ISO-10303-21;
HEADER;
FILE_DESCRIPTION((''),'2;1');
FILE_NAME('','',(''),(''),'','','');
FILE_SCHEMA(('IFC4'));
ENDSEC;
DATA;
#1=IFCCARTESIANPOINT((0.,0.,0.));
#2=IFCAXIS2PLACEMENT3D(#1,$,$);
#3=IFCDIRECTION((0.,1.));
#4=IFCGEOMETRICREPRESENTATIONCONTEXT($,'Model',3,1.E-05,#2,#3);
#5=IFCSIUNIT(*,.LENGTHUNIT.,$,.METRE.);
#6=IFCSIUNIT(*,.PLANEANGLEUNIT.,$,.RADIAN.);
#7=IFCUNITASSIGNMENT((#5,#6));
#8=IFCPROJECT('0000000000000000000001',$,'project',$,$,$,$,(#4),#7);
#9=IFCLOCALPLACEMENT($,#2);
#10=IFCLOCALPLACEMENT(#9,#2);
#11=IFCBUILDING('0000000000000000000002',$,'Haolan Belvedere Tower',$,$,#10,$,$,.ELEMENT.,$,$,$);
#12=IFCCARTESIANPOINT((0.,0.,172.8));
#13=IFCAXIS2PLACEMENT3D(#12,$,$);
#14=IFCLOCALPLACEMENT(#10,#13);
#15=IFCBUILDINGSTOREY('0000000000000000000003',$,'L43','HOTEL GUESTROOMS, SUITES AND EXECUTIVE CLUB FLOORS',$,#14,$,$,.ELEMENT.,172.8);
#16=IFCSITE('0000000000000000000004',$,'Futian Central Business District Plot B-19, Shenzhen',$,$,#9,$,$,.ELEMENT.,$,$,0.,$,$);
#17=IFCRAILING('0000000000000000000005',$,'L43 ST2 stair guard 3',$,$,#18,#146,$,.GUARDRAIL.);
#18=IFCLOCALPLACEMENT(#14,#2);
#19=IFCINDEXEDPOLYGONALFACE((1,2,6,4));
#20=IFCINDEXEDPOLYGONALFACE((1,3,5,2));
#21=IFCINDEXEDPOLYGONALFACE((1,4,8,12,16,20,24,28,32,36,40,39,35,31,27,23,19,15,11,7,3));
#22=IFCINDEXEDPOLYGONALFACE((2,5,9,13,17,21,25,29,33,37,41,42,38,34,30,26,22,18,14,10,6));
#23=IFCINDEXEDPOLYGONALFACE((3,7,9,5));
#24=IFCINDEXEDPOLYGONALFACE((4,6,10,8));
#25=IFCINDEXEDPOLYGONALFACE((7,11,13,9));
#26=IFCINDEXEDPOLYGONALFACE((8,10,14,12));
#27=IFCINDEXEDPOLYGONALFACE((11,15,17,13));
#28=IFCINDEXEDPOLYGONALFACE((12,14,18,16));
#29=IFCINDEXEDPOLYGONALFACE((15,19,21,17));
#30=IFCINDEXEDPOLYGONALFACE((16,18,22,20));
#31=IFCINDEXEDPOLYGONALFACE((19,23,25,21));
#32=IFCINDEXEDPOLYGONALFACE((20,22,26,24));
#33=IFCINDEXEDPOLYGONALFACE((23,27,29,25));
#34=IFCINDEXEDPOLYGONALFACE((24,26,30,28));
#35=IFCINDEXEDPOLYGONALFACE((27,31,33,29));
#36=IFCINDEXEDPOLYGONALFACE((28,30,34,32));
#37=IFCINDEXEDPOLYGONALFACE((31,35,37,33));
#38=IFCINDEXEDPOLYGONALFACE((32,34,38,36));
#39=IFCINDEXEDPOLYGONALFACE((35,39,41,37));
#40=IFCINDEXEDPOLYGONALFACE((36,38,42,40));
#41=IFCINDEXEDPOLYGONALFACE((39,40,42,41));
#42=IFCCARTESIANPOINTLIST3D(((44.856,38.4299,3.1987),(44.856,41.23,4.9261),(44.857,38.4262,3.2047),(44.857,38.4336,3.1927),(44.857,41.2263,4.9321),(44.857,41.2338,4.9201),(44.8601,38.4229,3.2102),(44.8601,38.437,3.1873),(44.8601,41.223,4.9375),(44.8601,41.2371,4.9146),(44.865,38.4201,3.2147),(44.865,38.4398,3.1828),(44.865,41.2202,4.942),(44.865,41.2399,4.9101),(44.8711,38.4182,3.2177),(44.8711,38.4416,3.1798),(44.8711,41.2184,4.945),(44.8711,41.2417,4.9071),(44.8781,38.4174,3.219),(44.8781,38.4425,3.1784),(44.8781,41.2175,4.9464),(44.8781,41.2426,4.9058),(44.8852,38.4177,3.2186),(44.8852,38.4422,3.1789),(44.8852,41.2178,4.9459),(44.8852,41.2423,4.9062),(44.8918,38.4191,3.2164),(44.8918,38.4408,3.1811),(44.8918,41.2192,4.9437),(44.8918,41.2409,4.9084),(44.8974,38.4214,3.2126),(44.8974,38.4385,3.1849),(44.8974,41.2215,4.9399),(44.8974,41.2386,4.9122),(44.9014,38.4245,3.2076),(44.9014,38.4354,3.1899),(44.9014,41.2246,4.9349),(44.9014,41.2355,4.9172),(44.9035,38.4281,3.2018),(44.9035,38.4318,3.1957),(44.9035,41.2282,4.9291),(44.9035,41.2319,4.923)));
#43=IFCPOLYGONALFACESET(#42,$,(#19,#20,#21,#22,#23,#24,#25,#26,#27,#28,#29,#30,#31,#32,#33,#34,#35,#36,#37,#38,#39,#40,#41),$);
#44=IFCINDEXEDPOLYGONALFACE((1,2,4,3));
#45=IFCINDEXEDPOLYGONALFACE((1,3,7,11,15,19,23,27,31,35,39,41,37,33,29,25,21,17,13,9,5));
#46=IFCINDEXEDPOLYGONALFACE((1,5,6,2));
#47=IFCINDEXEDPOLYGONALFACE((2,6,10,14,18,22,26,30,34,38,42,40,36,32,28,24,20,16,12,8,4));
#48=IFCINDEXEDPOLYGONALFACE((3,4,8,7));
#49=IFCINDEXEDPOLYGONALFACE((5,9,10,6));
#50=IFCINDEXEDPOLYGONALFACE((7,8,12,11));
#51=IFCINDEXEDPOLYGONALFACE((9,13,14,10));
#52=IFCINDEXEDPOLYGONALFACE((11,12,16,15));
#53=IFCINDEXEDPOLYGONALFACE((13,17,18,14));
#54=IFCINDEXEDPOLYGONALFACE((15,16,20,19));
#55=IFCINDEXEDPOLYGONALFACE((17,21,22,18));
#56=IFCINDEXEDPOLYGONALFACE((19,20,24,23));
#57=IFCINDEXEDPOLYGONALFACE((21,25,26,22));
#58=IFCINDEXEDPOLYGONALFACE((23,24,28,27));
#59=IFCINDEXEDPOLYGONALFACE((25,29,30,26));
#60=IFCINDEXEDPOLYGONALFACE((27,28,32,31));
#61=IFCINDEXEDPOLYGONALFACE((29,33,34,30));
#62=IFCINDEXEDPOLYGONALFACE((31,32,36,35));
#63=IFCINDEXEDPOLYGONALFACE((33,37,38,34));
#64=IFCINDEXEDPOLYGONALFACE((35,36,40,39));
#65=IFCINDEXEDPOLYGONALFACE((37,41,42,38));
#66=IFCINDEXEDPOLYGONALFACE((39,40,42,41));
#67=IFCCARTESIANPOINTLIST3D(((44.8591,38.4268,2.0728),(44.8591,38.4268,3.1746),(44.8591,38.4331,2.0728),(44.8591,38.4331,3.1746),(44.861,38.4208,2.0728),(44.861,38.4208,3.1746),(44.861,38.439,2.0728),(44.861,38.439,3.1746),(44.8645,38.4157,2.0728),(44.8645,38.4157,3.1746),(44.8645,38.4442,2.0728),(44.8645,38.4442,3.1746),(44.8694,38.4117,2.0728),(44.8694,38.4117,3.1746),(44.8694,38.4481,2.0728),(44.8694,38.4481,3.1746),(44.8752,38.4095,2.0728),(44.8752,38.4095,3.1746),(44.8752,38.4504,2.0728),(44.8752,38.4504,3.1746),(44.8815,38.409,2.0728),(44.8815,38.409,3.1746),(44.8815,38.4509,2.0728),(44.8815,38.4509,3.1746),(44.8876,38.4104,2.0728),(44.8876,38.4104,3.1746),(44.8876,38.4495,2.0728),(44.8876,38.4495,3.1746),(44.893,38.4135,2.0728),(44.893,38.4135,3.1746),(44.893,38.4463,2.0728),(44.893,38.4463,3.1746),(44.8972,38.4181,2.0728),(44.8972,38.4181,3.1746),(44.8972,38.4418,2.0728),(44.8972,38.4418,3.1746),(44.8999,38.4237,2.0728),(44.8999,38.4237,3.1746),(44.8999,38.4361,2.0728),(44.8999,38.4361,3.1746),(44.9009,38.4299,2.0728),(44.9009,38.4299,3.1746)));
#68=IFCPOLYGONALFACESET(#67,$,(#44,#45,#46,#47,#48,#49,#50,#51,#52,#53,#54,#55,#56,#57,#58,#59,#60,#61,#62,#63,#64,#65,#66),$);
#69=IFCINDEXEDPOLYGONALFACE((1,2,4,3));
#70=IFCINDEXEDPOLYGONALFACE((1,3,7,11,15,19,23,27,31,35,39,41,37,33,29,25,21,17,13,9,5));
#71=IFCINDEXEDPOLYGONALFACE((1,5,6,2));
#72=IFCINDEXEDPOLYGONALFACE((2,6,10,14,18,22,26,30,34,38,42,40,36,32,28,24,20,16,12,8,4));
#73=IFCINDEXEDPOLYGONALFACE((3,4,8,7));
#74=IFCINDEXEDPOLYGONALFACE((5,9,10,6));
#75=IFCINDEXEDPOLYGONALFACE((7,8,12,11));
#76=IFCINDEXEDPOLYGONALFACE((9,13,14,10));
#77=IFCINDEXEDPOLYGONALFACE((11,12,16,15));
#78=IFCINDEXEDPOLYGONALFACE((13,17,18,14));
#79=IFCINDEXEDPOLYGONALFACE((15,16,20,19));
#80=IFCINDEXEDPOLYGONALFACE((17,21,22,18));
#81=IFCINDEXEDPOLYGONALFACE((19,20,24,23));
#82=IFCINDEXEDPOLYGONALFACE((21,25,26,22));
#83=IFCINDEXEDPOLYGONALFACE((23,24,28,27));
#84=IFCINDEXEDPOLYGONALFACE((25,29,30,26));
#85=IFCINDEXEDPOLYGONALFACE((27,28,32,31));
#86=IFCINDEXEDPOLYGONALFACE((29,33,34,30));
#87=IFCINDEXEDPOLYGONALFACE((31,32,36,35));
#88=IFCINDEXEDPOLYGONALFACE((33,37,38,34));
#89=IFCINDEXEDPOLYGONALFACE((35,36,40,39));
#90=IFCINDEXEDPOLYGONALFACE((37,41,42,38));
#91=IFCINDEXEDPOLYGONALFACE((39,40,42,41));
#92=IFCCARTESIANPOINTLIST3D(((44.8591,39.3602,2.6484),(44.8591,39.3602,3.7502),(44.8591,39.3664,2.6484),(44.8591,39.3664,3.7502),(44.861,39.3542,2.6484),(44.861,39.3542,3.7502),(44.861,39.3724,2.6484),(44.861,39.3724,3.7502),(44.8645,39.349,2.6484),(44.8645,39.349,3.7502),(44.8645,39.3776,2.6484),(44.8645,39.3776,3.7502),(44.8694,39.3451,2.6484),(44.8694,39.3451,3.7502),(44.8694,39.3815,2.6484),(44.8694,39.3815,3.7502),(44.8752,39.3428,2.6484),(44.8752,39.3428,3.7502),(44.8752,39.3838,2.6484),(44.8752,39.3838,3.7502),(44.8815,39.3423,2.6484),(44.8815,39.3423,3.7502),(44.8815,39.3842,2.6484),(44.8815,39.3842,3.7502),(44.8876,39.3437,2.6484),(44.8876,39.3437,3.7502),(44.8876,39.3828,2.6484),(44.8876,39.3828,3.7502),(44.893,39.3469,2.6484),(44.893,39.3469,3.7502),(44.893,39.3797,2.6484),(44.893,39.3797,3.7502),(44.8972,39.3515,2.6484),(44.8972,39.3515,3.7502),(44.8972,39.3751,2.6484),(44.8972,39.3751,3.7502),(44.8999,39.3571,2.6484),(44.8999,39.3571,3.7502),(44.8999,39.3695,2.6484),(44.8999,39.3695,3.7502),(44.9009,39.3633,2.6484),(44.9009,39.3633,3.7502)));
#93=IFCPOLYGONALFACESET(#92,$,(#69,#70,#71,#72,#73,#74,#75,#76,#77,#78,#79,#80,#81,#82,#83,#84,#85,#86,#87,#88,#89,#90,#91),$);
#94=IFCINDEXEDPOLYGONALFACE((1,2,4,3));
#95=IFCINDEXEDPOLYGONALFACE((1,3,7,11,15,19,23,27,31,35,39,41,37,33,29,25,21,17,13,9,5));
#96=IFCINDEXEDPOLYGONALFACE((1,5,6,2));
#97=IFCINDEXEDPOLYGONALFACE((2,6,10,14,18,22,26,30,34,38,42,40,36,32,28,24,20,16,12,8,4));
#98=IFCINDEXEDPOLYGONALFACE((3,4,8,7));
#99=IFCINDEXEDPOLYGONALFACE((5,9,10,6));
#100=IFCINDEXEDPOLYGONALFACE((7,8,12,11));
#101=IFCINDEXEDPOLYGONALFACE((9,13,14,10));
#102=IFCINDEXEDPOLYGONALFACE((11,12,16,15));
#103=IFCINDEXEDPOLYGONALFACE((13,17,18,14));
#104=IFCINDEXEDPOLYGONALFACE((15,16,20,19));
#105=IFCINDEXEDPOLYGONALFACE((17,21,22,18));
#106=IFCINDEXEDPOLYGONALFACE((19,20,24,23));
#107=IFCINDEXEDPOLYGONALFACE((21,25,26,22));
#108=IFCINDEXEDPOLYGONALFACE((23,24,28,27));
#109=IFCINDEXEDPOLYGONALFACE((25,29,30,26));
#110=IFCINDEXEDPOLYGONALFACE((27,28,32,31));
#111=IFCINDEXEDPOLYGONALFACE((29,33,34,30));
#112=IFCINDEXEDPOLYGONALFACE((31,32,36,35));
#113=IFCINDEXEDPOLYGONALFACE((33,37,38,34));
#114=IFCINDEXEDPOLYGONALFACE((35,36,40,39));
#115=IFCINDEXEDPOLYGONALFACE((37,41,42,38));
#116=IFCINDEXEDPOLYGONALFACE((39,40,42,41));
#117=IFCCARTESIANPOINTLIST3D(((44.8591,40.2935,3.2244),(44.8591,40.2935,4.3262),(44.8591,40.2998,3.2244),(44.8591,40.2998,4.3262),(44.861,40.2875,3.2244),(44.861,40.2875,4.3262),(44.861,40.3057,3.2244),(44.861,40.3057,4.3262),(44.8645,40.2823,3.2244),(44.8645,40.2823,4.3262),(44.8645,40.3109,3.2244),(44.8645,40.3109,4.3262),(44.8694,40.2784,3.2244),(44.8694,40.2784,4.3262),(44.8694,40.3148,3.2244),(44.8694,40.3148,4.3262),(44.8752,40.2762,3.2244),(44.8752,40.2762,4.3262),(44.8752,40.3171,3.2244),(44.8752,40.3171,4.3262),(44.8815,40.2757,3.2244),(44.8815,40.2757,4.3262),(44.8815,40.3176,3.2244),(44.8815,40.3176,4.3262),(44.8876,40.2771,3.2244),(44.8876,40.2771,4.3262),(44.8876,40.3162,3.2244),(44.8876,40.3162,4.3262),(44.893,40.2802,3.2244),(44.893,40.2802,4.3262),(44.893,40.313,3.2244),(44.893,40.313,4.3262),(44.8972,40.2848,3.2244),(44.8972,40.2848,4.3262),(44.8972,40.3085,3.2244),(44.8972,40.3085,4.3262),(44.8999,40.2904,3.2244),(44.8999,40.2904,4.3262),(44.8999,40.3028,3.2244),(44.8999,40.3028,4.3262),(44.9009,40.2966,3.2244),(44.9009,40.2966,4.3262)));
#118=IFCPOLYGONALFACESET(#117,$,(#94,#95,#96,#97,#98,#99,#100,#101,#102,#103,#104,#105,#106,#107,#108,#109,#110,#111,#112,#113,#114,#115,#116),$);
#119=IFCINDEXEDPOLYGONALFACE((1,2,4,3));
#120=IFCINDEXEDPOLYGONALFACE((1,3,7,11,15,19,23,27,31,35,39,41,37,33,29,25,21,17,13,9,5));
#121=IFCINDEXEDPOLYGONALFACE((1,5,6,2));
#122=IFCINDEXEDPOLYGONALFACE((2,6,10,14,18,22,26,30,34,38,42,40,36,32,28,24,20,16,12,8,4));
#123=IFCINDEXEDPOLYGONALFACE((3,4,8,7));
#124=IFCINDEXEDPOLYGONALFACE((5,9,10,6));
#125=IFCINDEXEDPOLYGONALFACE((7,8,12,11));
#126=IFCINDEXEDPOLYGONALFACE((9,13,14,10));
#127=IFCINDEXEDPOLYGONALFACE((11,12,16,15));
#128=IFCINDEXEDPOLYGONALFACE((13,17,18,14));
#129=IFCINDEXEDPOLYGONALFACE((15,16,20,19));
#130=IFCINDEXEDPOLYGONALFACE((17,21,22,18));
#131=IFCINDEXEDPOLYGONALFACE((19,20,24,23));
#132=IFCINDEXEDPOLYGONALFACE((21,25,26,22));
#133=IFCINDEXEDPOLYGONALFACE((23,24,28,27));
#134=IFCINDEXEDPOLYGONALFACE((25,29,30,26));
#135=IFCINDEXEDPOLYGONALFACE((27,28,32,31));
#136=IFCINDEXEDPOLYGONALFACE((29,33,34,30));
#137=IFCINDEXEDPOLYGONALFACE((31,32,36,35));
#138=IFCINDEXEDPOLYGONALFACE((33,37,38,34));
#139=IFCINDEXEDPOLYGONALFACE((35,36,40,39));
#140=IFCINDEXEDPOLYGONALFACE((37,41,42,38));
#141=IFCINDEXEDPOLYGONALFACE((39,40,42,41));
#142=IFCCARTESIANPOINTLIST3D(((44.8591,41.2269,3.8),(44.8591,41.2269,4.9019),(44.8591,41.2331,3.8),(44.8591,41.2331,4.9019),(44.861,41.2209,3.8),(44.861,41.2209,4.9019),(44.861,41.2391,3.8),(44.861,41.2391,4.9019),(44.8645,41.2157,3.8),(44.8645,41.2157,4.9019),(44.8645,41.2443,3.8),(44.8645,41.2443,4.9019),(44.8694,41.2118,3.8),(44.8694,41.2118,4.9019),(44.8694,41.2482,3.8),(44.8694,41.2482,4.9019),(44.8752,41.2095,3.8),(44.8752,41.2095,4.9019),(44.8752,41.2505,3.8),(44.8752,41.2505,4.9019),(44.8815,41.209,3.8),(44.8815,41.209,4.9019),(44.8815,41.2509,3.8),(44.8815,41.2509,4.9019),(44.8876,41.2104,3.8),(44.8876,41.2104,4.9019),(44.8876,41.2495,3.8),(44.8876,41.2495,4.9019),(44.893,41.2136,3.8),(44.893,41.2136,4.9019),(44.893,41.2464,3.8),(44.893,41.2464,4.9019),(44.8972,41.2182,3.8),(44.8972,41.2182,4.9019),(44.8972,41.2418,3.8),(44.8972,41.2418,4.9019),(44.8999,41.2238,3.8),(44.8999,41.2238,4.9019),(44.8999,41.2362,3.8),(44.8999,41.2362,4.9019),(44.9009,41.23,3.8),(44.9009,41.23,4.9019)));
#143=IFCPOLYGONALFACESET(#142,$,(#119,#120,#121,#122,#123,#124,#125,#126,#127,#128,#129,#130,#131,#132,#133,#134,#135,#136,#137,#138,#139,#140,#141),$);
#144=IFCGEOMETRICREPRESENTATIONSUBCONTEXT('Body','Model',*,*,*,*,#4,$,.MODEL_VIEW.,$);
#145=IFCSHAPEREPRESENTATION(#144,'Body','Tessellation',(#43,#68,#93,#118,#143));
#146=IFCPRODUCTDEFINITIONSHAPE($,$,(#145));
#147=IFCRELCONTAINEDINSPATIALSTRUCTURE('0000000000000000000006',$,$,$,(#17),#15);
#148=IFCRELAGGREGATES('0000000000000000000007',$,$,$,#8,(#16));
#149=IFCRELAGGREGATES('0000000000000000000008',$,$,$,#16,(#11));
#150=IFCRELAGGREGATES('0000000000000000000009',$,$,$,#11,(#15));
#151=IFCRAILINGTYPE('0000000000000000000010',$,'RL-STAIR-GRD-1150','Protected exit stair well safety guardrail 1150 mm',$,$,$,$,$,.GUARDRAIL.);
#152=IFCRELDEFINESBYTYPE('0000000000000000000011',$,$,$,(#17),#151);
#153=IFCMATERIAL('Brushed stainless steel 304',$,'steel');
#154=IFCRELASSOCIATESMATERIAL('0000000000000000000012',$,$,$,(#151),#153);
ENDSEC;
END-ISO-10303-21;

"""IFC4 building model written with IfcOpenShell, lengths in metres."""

from ifc_helpers import new_model, si_unit, direction, frame, origin, origin_2d, place, context, subcontext, project, spatial, circle, extrude, material, type_object, element, save


model = new_model("IFC4")

# Units and contexts
model_context = context("Model", 3, precision=1e-05, world=origin(), true_north=direction((0.0, 1.0)))
body_context = subcontext(model_context, "Body", "Model", "MODEL_VIEW")
ifc_project = project(units=[si_unit("LENGTHUNIT", "METRE"), si_unit("PLANEANGLEUNIT", "RADIAN")], contexts=[model_context])

# Site, building, storey
site_placement = place(None, origin())
site = spatial("IfcSite", under=ifc_project, at=site_placement, Name="Futian Central Business District Plot B-19, Shenzhen", CompositionType="ELEMENT", RefElevation=0.0)
building_placement = place(site_placement, origin())
building = spatial("IfcBuilding", under=site, at=building_placement, Name="Haolan Belvedere Tower", CompositionType="ELEMENT")
storey_placement = place(building_placement, frame((0.0, 0.0, 172.8)))
storey = spatial("IfcBuildingStorey", under=building, at=storey_placement, Name="L43", Description="HOTEL GUESTROOMS, SUITES AND EXECUTIVE CLUB FLOORS", CompositionType="ELEMENT", Elevation=172.8)

# Railing
ifc_material_1 = material(Name="Brushed stainless steel 304", Category="steel")
railing_type_1 = type_object("IfcRailingType", Name="RL-STAIR-GRD-1150", Description="Protected exit stair well safety guardrail 1150 mm", PredefinedType="GUARDRAIL", material=ifc_material_1)
railing_1_placement = place(storey_placement, frame((44.8799, 38.4299, 2.0728)))
element("IfcRailing", 1, at=railing_1_placement, inside=storey, type_object=railing_type_1, Name="L43 ST2 stair guard 3", PredefinedType="GUARDRAIL", context=body_context, shape_type="SweptSolid", body=[
    extrude(circle(Radius=0.0239, at=origin_2d()), frame((0.0, 0.0, 1.126), z_axis=(0.0, 0.85109, 0.52502), x_axis=(-1.0, 0.0, 0.0)), (0.0, 0.0, 1.0), 3.29),
    extrude(circle(Radius=0.021, at=origin_2d()), origin(), (0.0, 0.0, 1.0), 1.1018),
    extrude(circle(Radius=0.021, at=origin_2d()), frame((0.0, 0.9333, 0.5757)), (0.0, 0.0, 1.0), 1.1018),
    extrude(circle(Radius=0.021, at=origin_2d()), frame((0.0, 1.8667, 1.1516)), (0.0, 0.0, 1.0), 1.1018),
    extrude(circle(Radius=0.021, at=origin_2d()), frame((0.0, 2.8, 1.7273)), (0.0, 0.0, 1.0), 1.1018),
])

save(model, "model.ifc")
